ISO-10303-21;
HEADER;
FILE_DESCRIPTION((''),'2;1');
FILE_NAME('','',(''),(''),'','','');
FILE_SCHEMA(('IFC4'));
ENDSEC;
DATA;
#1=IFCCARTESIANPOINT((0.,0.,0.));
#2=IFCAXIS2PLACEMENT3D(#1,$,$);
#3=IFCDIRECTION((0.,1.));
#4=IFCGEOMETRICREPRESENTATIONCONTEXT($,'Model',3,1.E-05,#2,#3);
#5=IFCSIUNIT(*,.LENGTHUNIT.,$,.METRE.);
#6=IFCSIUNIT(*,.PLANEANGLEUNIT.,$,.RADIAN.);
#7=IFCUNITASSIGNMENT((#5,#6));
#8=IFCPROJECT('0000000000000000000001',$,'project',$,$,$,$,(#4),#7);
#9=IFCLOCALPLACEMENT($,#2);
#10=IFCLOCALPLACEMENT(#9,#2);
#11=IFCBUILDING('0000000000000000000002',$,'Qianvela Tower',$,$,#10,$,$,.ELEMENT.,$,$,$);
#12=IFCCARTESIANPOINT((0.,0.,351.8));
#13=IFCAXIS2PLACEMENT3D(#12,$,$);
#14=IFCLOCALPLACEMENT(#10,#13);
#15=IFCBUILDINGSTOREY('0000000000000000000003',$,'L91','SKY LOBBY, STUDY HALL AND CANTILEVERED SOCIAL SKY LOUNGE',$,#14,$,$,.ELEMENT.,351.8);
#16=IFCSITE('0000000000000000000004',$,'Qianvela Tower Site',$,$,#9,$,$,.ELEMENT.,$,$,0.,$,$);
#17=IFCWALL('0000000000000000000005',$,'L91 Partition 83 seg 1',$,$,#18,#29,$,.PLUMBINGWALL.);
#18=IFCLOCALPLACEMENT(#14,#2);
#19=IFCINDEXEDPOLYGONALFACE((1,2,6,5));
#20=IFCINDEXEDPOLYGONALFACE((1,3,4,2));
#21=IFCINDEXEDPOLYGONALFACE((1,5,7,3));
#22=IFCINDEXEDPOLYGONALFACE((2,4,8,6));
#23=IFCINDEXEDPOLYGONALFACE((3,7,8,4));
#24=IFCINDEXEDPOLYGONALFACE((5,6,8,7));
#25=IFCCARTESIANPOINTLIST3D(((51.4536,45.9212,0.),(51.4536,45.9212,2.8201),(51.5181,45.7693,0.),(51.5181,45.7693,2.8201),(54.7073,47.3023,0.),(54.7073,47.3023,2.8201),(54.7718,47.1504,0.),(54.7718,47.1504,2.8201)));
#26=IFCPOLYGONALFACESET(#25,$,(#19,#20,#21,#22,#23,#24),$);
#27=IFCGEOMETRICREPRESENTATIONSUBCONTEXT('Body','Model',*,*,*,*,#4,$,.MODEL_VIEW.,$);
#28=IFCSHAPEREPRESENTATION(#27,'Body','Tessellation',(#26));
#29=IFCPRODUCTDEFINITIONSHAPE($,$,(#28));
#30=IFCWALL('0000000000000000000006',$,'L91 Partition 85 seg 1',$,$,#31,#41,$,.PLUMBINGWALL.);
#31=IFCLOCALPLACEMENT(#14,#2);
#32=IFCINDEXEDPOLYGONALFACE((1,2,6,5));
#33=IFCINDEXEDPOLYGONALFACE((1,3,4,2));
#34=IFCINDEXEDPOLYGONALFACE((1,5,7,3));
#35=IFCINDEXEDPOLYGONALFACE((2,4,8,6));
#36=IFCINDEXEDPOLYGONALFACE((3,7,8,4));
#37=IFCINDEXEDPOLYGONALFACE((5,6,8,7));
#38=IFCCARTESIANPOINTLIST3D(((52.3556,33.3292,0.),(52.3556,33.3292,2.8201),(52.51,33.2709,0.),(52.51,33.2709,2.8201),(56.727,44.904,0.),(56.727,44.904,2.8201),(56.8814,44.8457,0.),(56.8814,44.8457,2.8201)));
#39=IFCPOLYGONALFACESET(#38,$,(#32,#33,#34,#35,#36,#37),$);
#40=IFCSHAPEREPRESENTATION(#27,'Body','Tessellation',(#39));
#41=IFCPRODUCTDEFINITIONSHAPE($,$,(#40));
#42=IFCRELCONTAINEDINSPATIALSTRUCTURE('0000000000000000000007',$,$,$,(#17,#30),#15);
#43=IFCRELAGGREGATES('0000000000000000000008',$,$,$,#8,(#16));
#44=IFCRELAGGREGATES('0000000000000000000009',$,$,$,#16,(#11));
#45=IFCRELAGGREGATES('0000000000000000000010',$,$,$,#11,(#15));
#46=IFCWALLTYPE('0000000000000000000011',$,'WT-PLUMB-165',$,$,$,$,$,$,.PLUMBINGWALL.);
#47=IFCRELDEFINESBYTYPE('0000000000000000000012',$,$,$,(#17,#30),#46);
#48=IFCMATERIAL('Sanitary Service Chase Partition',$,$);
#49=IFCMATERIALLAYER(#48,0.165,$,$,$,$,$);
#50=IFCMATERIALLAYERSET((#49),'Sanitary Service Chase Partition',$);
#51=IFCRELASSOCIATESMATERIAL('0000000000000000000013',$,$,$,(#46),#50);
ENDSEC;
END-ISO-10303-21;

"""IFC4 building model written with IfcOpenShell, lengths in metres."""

from ifc_helpers import new_model, si_unit, direction, frame, frame_2d, origin, place, context, subcontext, project, spatial, rectangle, extrude, material, layer, layer_set, type_object, element, save


model = new_model("IFC4")

# Units and contexts
model_context = context("Model", 3, precision=1e-05, world=origin(), true_north=direction((0.0, 1.0)))
body_context = subcontext(model_context, "Body", "Model", "MODEL_VIEW")
ifc_project = project(units=[si_unit("LENGTHUNIT", "METRE"), si_unit("PLANEANGLEUNIT", "RADIAN")], contexts=[model_context])

# Site, building, storey
site_placement = place(None, origin())
site = spatial("IfcSite", under=ifc_project, at=site_placement, Name="Qianvela Tower Site", CompositionType="ELEMENT", RefElevation=0.0)
building_placement = place(site_placement, origin())
building = spatial("IfcBuilding", under=site, at=building_placement, Name="Qianvela Tower", CompositionType="ELEMENT")
storey_placement = place(building_placement, frame((0.0, 0.0, 351.8)))
storey = spatial("IfcBuildingStorey", under=building, at=storey_placement, Name="L91", Description="SKY LOBBY, STUDY HALL AND CANTILEVERED SOCIAL SKY LOUNGE", CompositionType="ELEMENT", Elevation=351.8)

# Walls
ifc_material_1 = material(Name="Sanitary Service Chase Partition")
ifc_layer_1 = layer(ifc_material_1, 0.165)
ifc_layer_set_1 = layer_set([ifc_layer_1], Name="Sanitary Service Chase Partition")
wall_type_1 = type_object("IfcWallType", Name="WT-PLUMB-165", PredefinedType="PLUMBINGWALL", material=ifc_layer_set_1)
wall_1_placement = place(storey_placement, frame((51.4858, 45.8452, 0.0), z_axis=(0.0, 0.0, 1.0), x_axis=(0.920504, 0.390733, 0.0)))
element("IfcWall", 1, at=wall_1_placement, inside=storey, type_object=wall_type_1, Name="L91 Partition 83 seg 1", PredefinedType="PLUMBINGWALL", context=body_context, shape_type="SweptSolid", body=[
    extrude(rectangle(XDim=3.5347, YDim=0.165, at=frame_2d((1.7673, 0.0))), origin(), (0.0, 0.0, 1.0), 2.8201),
])
wall_2_placement = place(storey_placement, frame((56.8042, 44.875, 0.0), z_axis=(0.0, 0.0, 1.0), x_axis=(-0.3533, -0.93551, 0.0)))
element("IfcWall", 2, at=wall_2_placement, inside=storey, type_object=wall_type_1, Name="L91 Partition 85 seg 1", PredefinedType="PLUMBINGWALL", context=body_context, shape_type="SweptSolid", body=[
    extrude(rectangle(XDim=12.3728, YDim=0.165, at=frame_2d((6.1865, 0.0))), origin(), (0.0, 0.0, 1.0), 2.8201),
])

save(model, "model.ifc")
